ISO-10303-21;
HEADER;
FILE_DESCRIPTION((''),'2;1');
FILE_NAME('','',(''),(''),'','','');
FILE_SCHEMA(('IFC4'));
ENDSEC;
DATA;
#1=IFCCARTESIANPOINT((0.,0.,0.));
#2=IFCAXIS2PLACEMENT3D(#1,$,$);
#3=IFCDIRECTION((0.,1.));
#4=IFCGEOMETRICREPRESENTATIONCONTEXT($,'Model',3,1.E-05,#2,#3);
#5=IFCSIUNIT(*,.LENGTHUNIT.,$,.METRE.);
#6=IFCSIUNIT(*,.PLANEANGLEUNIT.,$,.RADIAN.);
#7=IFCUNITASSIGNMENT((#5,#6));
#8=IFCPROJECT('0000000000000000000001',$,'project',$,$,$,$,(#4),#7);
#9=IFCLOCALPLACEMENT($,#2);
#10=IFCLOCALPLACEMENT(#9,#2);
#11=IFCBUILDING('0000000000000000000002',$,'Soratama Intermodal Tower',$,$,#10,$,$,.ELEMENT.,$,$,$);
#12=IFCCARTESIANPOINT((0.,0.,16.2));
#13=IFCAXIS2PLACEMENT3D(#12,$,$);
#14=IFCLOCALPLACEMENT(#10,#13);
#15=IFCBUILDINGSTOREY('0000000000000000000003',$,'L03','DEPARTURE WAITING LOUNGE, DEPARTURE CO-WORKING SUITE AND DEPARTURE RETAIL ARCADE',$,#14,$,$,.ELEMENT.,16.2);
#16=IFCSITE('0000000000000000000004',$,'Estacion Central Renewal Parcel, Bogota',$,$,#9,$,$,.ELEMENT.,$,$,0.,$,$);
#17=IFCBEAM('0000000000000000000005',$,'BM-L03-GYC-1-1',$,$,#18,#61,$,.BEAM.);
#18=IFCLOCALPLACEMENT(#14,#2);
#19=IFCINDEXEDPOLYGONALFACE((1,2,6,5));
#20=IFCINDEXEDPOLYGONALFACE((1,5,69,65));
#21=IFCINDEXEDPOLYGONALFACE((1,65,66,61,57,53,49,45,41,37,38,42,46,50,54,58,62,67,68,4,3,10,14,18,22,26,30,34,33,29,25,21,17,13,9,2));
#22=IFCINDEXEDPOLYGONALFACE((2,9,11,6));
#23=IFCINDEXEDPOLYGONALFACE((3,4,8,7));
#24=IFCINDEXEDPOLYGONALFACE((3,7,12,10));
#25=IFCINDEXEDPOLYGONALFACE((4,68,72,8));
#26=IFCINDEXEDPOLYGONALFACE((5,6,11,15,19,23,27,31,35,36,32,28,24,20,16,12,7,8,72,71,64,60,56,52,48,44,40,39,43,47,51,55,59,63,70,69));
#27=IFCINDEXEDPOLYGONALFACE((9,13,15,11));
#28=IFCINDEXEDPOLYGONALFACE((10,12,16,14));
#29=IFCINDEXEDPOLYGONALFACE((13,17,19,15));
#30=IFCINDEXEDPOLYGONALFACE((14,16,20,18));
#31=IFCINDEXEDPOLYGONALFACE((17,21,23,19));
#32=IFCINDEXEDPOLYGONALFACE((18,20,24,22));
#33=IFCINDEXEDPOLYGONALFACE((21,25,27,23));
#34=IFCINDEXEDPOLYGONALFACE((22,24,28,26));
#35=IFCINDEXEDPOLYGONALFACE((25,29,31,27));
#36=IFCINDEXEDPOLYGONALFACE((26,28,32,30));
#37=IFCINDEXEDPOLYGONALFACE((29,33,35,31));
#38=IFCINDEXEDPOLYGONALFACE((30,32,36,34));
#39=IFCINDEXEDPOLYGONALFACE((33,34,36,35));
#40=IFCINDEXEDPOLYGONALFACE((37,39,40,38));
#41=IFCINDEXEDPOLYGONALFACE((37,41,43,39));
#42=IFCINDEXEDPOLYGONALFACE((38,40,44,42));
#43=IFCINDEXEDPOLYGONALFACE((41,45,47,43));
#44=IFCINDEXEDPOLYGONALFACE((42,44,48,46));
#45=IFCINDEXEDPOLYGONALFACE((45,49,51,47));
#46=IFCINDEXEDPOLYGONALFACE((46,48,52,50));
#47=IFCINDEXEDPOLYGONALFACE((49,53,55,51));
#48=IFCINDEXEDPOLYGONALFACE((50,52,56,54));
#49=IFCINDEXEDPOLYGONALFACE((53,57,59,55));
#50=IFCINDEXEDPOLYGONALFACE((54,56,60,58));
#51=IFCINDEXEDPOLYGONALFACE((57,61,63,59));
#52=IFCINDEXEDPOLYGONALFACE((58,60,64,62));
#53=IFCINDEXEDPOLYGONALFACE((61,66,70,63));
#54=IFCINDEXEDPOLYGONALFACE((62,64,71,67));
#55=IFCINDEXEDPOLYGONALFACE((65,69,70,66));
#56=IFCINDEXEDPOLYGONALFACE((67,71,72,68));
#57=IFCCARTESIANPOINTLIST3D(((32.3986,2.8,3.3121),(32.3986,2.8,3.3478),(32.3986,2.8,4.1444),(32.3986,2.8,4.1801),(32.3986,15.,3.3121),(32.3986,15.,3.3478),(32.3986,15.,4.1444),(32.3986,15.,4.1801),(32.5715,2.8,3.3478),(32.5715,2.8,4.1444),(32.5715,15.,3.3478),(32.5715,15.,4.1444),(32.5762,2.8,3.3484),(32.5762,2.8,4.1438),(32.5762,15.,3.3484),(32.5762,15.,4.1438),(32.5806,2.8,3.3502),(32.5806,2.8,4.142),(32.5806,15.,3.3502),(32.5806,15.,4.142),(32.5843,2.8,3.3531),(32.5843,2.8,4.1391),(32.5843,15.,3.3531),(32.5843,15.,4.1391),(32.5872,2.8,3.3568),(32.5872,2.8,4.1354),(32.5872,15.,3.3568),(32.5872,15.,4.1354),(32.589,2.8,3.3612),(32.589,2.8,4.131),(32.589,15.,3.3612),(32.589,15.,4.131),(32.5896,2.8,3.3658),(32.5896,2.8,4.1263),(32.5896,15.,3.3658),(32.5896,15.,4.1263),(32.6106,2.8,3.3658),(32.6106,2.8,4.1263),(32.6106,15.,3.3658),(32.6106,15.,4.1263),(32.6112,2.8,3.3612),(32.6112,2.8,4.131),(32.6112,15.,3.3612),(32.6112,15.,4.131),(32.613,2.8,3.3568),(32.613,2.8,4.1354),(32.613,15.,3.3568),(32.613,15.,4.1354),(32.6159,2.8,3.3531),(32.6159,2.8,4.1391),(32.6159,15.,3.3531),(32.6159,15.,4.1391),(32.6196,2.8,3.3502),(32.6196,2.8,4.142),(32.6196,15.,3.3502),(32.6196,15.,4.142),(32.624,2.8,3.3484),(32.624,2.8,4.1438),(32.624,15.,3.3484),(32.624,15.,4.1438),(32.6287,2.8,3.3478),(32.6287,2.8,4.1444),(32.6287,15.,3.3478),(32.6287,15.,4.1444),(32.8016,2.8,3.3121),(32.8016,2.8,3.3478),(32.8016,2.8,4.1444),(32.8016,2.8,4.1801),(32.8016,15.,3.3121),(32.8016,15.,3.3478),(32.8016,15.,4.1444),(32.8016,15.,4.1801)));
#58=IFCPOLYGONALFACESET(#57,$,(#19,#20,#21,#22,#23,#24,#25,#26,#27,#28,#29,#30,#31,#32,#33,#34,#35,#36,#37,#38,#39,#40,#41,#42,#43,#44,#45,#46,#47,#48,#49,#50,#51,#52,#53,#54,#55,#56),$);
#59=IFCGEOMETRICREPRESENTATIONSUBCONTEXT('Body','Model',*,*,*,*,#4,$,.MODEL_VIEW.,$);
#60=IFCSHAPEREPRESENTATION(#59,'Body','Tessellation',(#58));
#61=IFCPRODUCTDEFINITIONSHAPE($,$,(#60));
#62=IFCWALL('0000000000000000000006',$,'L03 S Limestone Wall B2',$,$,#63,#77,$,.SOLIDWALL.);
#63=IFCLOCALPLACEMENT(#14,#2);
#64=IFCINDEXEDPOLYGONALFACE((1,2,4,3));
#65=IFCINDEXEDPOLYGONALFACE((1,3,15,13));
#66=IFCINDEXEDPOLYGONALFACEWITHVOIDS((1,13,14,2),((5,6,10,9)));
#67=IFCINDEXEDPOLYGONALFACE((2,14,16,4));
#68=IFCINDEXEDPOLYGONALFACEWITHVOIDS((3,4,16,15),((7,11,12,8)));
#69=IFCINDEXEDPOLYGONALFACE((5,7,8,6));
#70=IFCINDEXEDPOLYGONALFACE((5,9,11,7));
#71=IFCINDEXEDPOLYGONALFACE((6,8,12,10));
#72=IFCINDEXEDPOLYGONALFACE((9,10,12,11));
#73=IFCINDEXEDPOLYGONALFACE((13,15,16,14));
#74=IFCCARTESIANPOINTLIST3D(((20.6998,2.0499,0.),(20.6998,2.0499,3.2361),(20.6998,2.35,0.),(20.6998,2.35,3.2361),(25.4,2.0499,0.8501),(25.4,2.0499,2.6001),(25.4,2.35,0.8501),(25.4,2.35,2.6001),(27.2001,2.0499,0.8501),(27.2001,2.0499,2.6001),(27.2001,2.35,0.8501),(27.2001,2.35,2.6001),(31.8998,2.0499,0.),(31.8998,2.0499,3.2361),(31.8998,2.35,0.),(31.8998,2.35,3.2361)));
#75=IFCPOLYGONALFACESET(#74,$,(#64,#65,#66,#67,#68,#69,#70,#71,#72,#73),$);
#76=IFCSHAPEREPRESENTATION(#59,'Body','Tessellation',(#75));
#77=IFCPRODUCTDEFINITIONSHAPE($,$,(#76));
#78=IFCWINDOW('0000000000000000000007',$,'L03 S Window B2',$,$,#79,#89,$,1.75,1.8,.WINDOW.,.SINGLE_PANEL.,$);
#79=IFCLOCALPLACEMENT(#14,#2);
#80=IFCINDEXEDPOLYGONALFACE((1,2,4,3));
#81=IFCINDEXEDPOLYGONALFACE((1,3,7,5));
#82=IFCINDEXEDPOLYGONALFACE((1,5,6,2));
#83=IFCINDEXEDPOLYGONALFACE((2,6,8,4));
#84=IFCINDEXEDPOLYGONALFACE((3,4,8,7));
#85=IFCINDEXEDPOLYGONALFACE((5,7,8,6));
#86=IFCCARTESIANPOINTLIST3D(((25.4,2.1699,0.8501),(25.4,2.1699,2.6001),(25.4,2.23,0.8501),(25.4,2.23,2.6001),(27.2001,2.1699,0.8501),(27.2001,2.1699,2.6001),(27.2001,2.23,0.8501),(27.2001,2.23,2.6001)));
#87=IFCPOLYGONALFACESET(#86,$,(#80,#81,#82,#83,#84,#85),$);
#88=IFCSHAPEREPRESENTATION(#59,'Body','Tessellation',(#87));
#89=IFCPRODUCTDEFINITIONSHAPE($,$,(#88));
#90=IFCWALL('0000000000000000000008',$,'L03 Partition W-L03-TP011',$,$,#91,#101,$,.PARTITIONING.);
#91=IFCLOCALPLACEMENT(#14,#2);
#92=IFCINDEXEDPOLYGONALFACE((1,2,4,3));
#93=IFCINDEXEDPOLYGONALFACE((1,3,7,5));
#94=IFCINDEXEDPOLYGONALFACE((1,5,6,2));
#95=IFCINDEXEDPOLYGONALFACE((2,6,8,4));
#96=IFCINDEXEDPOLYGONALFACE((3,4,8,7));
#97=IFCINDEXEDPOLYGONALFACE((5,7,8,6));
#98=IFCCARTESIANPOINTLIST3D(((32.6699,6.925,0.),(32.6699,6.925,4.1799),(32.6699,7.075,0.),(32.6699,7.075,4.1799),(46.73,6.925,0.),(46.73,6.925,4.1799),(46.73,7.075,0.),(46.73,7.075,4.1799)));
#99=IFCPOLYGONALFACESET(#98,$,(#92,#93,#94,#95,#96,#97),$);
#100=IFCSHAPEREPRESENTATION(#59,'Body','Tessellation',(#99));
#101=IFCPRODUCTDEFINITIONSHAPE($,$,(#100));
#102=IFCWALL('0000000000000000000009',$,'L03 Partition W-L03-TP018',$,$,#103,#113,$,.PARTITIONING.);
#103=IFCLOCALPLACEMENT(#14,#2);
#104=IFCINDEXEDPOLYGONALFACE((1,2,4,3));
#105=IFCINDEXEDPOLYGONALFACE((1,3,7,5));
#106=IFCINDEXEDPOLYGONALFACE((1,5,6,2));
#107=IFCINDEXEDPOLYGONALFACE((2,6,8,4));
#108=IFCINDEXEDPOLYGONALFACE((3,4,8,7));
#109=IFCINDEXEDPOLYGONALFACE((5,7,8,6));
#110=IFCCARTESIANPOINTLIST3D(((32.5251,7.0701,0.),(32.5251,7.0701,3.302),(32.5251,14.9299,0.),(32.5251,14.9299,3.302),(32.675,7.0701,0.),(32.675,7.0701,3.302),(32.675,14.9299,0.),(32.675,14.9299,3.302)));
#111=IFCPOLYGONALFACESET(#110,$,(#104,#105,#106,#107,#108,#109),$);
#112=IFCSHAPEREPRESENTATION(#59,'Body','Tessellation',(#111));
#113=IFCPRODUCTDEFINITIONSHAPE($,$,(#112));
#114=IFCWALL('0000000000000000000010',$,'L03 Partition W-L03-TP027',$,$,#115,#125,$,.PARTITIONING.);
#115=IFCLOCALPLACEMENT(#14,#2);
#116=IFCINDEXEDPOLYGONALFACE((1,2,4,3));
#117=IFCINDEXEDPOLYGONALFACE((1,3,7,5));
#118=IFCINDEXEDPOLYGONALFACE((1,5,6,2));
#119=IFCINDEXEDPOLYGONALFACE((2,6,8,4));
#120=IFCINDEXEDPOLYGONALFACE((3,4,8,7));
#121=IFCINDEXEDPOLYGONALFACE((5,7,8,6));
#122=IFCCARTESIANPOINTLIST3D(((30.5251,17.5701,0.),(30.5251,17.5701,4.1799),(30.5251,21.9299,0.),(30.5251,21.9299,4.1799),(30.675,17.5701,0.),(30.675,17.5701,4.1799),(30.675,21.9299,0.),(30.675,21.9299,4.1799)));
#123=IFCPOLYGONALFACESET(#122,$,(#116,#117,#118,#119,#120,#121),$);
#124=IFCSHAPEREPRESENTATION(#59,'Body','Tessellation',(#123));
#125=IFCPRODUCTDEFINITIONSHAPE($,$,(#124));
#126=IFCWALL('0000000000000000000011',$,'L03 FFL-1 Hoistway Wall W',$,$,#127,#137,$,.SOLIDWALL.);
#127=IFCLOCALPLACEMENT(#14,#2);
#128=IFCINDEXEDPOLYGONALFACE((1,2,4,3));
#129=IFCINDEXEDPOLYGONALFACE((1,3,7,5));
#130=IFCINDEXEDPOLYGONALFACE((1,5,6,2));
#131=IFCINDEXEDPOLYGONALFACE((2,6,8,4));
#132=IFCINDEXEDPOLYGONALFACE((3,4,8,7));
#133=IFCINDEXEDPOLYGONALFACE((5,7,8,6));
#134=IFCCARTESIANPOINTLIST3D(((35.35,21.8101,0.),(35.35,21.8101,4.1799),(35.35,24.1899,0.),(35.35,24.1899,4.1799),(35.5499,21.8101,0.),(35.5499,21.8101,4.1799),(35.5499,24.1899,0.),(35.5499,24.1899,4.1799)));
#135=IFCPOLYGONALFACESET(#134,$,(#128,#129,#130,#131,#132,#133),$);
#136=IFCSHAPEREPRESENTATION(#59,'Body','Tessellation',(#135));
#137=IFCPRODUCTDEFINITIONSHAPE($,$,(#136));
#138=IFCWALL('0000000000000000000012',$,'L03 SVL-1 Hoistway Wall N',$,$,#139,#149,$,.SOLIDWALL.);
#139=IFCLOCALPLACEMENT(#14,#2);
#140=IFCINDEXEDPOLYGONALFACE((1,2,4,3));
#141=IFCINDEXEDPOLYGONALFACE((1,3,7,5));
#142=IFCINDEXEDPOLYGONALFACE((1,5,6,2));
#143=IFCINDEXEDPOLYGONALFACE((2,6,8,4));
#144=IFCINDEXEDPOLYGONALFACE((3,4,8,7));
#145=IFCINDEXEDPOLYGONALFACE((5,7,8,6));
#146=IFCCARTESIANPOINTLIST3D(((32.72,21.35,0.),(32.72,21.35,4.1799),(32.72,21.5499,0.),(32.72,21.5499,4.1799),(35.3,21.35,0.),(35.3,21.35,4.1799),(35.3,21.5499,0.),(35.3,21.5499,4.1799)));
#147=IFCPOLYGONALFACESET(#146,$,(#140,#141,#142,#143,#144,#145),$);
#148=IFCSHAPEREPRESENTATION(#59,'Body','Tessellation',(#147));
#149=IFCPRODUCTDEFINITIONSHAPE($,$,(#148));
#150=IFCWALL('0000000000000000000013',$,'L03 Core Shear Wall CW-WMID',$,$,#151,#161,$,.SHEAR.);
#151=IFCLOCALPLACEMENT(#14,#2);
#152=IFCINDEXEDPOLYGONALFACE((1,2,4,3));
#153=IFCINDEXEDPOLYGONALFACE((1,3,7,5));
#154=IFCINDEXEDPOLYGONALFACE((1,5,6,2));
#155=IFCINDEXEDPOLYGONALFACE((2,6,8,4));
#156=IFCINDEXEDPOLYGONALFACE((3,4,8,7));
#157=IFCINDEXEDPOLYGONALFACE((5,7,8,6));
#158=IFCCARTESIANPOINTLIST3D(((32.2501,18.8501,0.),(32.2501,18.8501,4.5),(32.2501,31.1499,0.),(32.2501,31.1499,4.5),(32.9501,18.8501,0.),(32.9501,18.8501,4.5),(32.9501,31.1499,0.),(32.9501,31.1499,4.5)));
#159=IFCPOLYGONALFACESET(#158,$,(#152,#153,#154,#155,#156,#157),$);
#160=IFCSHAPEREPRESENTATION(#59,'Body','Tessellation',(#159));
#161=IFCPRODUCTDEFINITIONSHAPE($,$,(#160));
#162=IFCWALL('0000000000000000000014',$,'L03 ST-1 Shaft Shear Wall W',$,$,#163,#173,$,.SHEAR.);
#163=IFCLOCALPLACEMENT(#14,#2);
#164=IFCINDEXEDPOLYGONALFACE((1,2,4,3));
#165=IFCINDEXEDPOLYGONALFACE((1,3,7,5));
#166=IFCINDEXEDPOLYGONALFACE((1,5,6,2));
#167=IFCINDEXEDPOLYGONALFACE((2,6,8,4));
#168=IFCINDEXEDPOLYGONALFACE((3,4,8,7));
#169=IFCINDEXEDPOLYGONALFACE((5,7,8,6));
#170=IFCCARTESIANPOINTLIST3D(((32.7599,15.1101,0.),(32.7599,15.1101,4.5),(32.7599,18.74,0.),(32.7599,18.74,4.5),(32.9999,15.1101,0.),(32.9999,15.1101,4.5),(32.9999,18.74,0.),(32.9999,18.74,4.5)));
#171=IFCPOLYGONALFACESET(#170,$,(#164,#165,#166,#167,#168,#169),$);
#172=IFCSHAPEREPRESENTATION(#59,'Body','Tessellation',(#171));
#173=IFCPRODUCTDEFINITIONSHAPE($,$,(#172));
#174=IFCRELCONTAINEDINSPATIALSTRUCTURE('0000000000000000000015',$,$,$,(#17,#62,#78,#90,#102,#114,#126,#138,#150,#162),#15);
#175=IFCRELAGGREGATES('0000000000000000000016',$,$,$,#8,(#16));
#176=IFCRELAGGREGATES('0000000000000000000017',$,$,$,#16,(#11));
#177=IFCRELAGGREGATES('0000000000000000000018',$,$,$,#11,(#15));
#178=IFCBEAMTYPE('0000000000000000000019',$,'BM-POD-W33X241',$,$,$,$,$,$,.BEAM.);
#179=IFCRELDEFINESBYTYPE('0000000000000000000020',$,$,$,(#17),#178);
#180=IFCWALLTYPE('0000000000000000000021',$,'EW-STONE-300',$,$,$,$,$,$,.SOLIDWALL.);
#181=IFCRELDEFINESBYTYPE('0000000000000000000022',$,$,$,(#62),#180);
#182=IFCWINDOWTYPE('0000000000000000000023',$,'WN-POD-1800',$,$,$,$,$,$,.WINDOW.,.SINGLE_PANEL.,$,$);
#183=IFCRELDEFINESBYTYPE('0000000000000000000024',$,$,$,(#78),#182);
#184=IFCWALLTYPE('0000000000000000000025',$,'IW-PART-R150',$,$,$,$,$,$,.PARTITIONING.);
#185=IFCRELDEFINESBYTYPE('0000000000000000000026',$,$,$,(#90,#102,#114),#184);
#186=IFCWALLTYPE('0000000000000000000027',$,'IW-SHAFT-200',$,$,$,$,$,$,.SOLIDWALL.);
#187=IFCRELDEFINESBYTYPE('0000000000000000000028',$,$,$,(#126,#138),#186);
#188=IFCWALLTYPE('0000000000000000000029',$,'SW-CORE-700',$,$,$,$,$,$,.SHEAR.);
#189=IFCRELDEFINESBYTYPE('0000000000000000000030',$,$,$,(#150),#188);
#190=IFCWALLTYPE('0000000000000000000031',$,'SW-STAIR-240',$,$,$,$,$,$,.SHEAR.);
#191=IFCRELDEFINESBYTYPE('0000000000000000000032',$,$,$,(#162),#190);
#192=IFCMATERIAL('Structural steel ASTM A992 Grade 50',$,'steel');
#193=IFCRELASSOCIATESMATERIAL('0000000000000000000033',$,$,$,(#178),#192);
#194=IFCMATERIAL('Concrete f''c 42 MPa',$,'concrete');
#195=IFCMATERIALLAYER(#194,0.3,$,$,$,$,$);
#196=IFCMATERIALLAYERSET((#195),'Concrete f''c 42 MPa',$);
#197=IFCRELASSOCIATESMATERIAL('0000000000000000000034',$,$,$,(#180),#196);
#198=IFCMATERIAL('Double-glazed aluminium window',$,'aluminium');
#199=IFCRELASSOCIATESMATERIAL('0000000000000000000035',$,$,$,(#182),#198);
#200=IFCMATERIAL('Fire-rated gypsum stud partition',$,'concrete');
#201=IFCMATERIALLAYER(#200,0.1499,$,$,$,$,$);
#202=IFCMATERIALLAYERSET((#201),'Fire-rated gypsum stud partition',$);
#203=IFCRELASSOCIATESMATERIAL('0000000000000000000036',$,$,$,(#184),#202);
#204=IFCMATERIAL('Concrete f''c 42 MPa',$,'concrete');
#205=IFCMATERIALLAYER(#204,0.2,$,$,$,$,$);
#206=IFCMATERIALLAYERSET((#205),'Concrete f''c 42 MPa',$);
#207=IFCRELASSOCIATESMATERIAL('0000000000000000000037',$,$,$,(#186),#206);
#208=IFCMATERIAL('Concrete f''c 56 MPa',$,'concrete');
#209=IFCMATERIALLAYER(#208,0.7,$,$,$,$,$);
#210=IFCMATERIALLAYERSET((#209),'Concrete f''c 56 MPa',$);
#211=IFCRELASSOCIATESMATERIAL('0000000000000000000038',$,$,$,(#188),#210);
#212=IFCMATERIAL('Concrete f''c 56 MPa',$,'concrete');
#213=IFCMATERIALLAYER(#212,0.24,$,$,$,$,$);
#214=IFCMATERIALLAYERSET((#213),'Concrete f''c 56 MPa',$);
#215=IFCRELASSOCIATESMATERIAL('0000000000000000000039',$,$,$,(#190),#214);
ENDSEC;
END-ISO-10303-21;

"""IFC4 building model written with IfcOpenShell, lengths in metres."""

from ifc_helpers import new_model, si_unit, direction, frame, frame_2d, origin, origin_2d, place, context, subcontext, project, spatial, rectangle, i_section, extrude, material, layer, layer_set, material_profile, profile_set, type_object, element, fill, save


model = new_model("IFC4")

# Units and contexts
model_context = context("Model", 3, precision=1e-05, world=origin(), true_north=direction((0.0, 1.0)))
body_context = subcontext(model_context, "Body", "Model", "MODEL_VIEW")
ifc_project = project(units=[si_unit("LENGTHUNIT", "METRE"), si_unit("PLANEANGLEUNIT", "RADIAN")], contexts=[model_context])

# Site, building, storey
site_placement = place(None, origin())
site = spatial("IfcSite", under=ifc_project, at=site_placement, Name="Estacion Central Renewal Parcel, Bogota", CompositionType="ELEMENT", RefElevation=0.0)
building_placement = place(site_placement, origin())
building = spatial("IfcBuilding", under=site, at=building_placement, Name="Soratama Intermodal Tower", CompositionType="ELEMENT")
storey_placement = place(building_placement, frame((0.0, 0.0, 16.2)))
storey = spatial("IfcBuildingStorey", under=building, at=storey_placement, Name="L03", Description="DEPARTURE WAITING LOUNGE, DEPARTURE CO-WORKING SUITE AND DEPARTURE RETAIL ARCADE", CompositionType="ELEMENT", Elevation=16.2)

# Beam
ifc_material_1 = material(Name="Structural steel ASTM A992 Grade 50", Category="steel")
ifc_material_profile_1 = material_profile(ifc_material_1, i_section(OverallWidth=0.4031, OverallDepth=0.8679, WebThickness=0.021, FlangeThickness=0.0356, FilletRadius=0.0181, at=origin_2d()), Name="W33X241")
ifc_profile_set_1 = profile_set([ifc_material_profile_1], Name="Structural steel ASTM A992 Grade 50")
beam_type_1 = type_object("IfcBeamType", Name="BM-POD-W33X241", PredefinedType="BEAM", material=ifc_profile_set_1)
beam_1_placement = place(storey_placement, frame((32.6001, 2.8, 3.7461), z_axis=(0.0, 1.0, 0.0), x_axis=(-1.0, 0.0, 0.0)))
element("IfcBeam", 1, at=beam_1_placement, inside=storey, type_object=beam_type_1, Name="BM-L03-GYC-1-1", PredefinedType="BEAM", context=body_context, shape_type="SweptSolid", body=[
    extrude(i_section(OverallWidth=0.4031, OverallDepth=0.8679, WebThickness=0.021, FlangeThickness=0.0356, FilletRadius=0.0181, at=origin_2d()), origin(), (0.0, 0.0, 1.0), 12.2),
])

# Wall, opening, window
ifc_material_2 = material(Name="Concrete f'c 42 MPa", Category="concrete")
ifc_layer_1 = layer(ifc_material_2, 0.3)
ifc_layer_set_1 = layer_set([ifc_layer_1], Name="Concrete f'c 42 MPa")
wall_type_1 = type_object("IfcWallType", Name="EW-STONE-300", PredefinedType="SOLIDWALL", material=ifc_layer_set_1)
wall_1_placement = place(storey_placement, frame((31.8999, 2.2, 0.0), z_axis=(0.0, 0.0, 1.0), x_axis=(-1.0, 0.0, 0.0)))
wall_1 = element("IfcWall", 2, at=wall_1_placement, inside=storey, type_object=wall_type_1, Name="L03 S Limestone Wall B2", PredefinedType="SOLIDWALL", context=body_context, shape_type="SweptSolid", body=[
    extrude(rectangle(XDim=11.2, YDim=0.3, at=frame_2d((5.6001, 0.0))), origin(), (0.0, 0.0, 1.0), 3.2361),
])
opening_1_placement = place(wall_1_placement, frame((4.7, 0.0, 0.8501)))
opening_1 = element("IfcOpeningElement", 3, at=opening_1_placement, cuts=wall_1, PredefinedType="OPENING", context=body_context, shape_type="SweptSolid", body=[
    extrude(rectangle(XDim=1.8, YDim=1.75, at=frame_2d((0.8999, 0.875))), frame((0.0, 0.1599, 0.0), z_axis=(0.0, -1.0, 0.0), x_axis=(1.0, 0.0, 0.0)), (0.0, 0.0, 1.0), 0.3201),
])
ifc_material_3 = material(Name="Double-glazed aluminium window", Category="aluminium")
window_type = type_object("IfcWindowType", Name="WN-POD-1800", PartitioningType="SINGLE_PANEL", PredefinedType="WINDOW", material=ifc_material_3)
window_placement = place(opening_1_placement, origin())
window = element("IfcWindow", 4, at=window_placement, inside=storey, type_object=window_type, Name="L03 S Window B2", OverallHeight=1.75, OverallWidth=1.8, PartitioningType="SINGLE_PANEL", PredefinedType="WINDOW", context=body_context, shape_type="SweptSolid", body=[
    extrude(rectangle(XDim=1.8, YDim=1.75, at=frame_2d((0.8999, 0.875))), frame((0.0, 0.03, 0.0), z_axis=(0.0, -1.0, 0.0), x_axis=(1.0, 0.0, 0.0)), (0.0, 0.0, 1.0), 0.0601),
])
fill(opening_1, window)

# Walls
ifc_material_4 = material(Name="Fire-rated gypsum stud partition", Category="concrete")
ifc_layer_2 = layer(ifc_material_4, 0.1499)
ifc_layer_set_2 = layer_set([ifc_layer_2], Name="Fire-rated gypsum stud partition")
wall_type_2 = type_object("IfcWallType", Name="IW-PART-R150", PredefinedType="PARTITIONING", material=ifc_layer_set_2)
wall_2_placement = place(storey_placement, frame((32.6699, 7.0, 0.0), z_axis=(0.0, 0.0, 1.0), x_axis=(1.0, 0.0, 0.0)))
element("IfcWall", 5, at=wall_2_placement, inside=storey, type_object=wall_type_2, Name="L03 Partition W-L03-TP011", PredefinedType="PARTITIONING", context=body_context, shape_type="SweptSolid", body=[
    extrude(rectangle(XDim=14.0601, YDim=0.1499, at=frame_2d((7.03, 0.0))), origin(), (0.0, 0.0, 1.0), 4.1799),
])
wall_3_placement = place(storey_placement, frame((32.6001, 14.9299, 0.0), z_axis=(0.0, 0.0, 1.0), x_axis=(0.0, -1.0, 0.0)))
element("IfcWall", 6, at=wall_3_placement, inside=storey, type_object=wall_type_2, Name="L03 Partition W-L03-TP018", PredefinedType="PARTITIONING", context=body_context, shape_type="SweptSolid", body=[
    extrude(rectangle(XDim=7.8599, YDim=0.1499, at=frame_2d((3.9299, 0.0))), origin(), (0.0, 0.0, 1.0), 3.302),
])
wall_4_placement = place(storey_placement, frame((30.6001, 17.5701, 0.0), z_axis=(0.0, 0.0, 1.0), x_axis=(0.0, 1.0, 0.0)))
element("IfcWall", 7, at=wall_4_placement, inside=storey, type_object=wall_type_2, Name="L03 Partition W-L03-TP027", PredefinedType="PARTITIONING", context=body_context, shape_type="SweptSolid", body=[
    extrude(rectangle(XDim=4.3599, YDim=0.1499, at=frame_2d((2.1799, 0.0))), origin(), (0.0, 0.0, 1.0), 4.1799),
])

# Shared definitions
ifc_material_5 = material(Name="Concrete f'c 42 MPa", Category="concrete")
ifc_layer_3 = layer(ifc_material_5, 0.2)
ifc_layer_set_3 = layer_set([ifc_layer_3], Name="Concrete f'c 42 MPa")
wall_type_3 = type_object("IfcWallType", Name="IW-SHAFT-200", PredefinedType="SOLIDWALL", material=ifc_layer_set_3)

# Walls
wall_5_placement = place(storey_placement, frame((35.45, 21.8101, 0.0), z_axis=(0.0, 0.0, 1.0), x_axis=(0.0, 1.0, 0.0)))
element("IfcWall", 8, at=wall_5_placement, inside=storey, type_object=wall_type_3, Name="L03 FFL-1 Hoistway Wall W", PredefinedType="SOLIDWALL", context=body_context, shape_type="SweptSolid", body=[
    extrude(rectangle(XDim=2.3799, YDim=0.2, at=frame_2d((1.1899, 0.0))), origin(), (0.0, 0.0, 1.0), 4.1799),
])
wall_6_placement = place(storey_placement, frame((32.72, 21.45, 0.0), z_axis=(0.0, 0.0, 1.0), x_axis=(1.0, 0.0, 0.0)))
element("IfcWall", 9, at=wall_6_placement, inside=storey, type_object=wall_type_3, Name="L03 SVL-1 Hoistway Wall N", PredefinedType="SOLIDWALL", context=body_context, shape_type="SweptSolid", body=[
    extrude(rectangle(XDim=2.5801, YDim=0.2, at=frame_2d((1.29, 0.0))), origin(), (0.0, 0.0, 1.0), 4.1799),
])

# Walls
ifc_material_6 = material(Name="Concrete f'c 56 MPa", Category="concrete")
ifc_layer_4 = layer(ifc_material_6, 0.7)
ifc_layer_set_4 = layer_set([ifc_layer_4], Name="Concrete f'c 56 MPa")
wall_type_4 = type_object("IfcWallType", Name="SW-CORE-700", PredefinedType="SHEAR", material=ifc_layer_set_4)
wall_7_placement = place(storey_placement, frame((32.6001, 18.8501, 0.0), z_axis=(0.0, 0.0, 1.0), x_axis=(0.0, 1.0, 0.0)))
element("IfcWall", 10, at=wall_7_placement, inside=storey, type_object=wall_type_4, Name="L03 Core Shear Wall CW-WMID", PredefinedType="SHEAR", context=body_context, shape_type="SweptSolid", body=[
    extrude(rectangle(XDim=12.2998, YDim=0.7, at=frame_2d((6.1499, 0.0))), origin(), (0.0, 0.0, 1.0), 4.5),
])
ifc_material_7 = material(Name="Concrete f'c 56 MPa", Category="concrete")
ifc_layer_5 = layer(ifc_material_7, 0.24)
ifc_layer_set_5 = layer_set([ifc_layer_5], Name="Concrete f'c 56 MPa")
wall_type_5 = type_object("IfcWallType", Name="SW-STAIR-240", PredefinedType="SHEAR", material=ifc_layer_set_5)
wall_8_placement = place(storey_placement, frame((32.8799, 15.1101, 0.0), z_axis=(0.0, 0.0, 1.0), x_axis=(0.0, 1.0, 0.0)))
element("IfcWall", 11, at=wall_8_placement, inside=storey, type_object=wall_type_5, Name="L03 ST-1 Shaft Shear Wall W", PredefinedType="SHEAR", context=body_context, shape_type="SweptSolid", body=[
    extrude(rectangle(XDim=3.6299, YDim=0.24, at=frame_2d((1.8149, 0.0))), origin(), (0.0, 0.0, 1.0), 4.5),
])

save(model, "model.ifc")
